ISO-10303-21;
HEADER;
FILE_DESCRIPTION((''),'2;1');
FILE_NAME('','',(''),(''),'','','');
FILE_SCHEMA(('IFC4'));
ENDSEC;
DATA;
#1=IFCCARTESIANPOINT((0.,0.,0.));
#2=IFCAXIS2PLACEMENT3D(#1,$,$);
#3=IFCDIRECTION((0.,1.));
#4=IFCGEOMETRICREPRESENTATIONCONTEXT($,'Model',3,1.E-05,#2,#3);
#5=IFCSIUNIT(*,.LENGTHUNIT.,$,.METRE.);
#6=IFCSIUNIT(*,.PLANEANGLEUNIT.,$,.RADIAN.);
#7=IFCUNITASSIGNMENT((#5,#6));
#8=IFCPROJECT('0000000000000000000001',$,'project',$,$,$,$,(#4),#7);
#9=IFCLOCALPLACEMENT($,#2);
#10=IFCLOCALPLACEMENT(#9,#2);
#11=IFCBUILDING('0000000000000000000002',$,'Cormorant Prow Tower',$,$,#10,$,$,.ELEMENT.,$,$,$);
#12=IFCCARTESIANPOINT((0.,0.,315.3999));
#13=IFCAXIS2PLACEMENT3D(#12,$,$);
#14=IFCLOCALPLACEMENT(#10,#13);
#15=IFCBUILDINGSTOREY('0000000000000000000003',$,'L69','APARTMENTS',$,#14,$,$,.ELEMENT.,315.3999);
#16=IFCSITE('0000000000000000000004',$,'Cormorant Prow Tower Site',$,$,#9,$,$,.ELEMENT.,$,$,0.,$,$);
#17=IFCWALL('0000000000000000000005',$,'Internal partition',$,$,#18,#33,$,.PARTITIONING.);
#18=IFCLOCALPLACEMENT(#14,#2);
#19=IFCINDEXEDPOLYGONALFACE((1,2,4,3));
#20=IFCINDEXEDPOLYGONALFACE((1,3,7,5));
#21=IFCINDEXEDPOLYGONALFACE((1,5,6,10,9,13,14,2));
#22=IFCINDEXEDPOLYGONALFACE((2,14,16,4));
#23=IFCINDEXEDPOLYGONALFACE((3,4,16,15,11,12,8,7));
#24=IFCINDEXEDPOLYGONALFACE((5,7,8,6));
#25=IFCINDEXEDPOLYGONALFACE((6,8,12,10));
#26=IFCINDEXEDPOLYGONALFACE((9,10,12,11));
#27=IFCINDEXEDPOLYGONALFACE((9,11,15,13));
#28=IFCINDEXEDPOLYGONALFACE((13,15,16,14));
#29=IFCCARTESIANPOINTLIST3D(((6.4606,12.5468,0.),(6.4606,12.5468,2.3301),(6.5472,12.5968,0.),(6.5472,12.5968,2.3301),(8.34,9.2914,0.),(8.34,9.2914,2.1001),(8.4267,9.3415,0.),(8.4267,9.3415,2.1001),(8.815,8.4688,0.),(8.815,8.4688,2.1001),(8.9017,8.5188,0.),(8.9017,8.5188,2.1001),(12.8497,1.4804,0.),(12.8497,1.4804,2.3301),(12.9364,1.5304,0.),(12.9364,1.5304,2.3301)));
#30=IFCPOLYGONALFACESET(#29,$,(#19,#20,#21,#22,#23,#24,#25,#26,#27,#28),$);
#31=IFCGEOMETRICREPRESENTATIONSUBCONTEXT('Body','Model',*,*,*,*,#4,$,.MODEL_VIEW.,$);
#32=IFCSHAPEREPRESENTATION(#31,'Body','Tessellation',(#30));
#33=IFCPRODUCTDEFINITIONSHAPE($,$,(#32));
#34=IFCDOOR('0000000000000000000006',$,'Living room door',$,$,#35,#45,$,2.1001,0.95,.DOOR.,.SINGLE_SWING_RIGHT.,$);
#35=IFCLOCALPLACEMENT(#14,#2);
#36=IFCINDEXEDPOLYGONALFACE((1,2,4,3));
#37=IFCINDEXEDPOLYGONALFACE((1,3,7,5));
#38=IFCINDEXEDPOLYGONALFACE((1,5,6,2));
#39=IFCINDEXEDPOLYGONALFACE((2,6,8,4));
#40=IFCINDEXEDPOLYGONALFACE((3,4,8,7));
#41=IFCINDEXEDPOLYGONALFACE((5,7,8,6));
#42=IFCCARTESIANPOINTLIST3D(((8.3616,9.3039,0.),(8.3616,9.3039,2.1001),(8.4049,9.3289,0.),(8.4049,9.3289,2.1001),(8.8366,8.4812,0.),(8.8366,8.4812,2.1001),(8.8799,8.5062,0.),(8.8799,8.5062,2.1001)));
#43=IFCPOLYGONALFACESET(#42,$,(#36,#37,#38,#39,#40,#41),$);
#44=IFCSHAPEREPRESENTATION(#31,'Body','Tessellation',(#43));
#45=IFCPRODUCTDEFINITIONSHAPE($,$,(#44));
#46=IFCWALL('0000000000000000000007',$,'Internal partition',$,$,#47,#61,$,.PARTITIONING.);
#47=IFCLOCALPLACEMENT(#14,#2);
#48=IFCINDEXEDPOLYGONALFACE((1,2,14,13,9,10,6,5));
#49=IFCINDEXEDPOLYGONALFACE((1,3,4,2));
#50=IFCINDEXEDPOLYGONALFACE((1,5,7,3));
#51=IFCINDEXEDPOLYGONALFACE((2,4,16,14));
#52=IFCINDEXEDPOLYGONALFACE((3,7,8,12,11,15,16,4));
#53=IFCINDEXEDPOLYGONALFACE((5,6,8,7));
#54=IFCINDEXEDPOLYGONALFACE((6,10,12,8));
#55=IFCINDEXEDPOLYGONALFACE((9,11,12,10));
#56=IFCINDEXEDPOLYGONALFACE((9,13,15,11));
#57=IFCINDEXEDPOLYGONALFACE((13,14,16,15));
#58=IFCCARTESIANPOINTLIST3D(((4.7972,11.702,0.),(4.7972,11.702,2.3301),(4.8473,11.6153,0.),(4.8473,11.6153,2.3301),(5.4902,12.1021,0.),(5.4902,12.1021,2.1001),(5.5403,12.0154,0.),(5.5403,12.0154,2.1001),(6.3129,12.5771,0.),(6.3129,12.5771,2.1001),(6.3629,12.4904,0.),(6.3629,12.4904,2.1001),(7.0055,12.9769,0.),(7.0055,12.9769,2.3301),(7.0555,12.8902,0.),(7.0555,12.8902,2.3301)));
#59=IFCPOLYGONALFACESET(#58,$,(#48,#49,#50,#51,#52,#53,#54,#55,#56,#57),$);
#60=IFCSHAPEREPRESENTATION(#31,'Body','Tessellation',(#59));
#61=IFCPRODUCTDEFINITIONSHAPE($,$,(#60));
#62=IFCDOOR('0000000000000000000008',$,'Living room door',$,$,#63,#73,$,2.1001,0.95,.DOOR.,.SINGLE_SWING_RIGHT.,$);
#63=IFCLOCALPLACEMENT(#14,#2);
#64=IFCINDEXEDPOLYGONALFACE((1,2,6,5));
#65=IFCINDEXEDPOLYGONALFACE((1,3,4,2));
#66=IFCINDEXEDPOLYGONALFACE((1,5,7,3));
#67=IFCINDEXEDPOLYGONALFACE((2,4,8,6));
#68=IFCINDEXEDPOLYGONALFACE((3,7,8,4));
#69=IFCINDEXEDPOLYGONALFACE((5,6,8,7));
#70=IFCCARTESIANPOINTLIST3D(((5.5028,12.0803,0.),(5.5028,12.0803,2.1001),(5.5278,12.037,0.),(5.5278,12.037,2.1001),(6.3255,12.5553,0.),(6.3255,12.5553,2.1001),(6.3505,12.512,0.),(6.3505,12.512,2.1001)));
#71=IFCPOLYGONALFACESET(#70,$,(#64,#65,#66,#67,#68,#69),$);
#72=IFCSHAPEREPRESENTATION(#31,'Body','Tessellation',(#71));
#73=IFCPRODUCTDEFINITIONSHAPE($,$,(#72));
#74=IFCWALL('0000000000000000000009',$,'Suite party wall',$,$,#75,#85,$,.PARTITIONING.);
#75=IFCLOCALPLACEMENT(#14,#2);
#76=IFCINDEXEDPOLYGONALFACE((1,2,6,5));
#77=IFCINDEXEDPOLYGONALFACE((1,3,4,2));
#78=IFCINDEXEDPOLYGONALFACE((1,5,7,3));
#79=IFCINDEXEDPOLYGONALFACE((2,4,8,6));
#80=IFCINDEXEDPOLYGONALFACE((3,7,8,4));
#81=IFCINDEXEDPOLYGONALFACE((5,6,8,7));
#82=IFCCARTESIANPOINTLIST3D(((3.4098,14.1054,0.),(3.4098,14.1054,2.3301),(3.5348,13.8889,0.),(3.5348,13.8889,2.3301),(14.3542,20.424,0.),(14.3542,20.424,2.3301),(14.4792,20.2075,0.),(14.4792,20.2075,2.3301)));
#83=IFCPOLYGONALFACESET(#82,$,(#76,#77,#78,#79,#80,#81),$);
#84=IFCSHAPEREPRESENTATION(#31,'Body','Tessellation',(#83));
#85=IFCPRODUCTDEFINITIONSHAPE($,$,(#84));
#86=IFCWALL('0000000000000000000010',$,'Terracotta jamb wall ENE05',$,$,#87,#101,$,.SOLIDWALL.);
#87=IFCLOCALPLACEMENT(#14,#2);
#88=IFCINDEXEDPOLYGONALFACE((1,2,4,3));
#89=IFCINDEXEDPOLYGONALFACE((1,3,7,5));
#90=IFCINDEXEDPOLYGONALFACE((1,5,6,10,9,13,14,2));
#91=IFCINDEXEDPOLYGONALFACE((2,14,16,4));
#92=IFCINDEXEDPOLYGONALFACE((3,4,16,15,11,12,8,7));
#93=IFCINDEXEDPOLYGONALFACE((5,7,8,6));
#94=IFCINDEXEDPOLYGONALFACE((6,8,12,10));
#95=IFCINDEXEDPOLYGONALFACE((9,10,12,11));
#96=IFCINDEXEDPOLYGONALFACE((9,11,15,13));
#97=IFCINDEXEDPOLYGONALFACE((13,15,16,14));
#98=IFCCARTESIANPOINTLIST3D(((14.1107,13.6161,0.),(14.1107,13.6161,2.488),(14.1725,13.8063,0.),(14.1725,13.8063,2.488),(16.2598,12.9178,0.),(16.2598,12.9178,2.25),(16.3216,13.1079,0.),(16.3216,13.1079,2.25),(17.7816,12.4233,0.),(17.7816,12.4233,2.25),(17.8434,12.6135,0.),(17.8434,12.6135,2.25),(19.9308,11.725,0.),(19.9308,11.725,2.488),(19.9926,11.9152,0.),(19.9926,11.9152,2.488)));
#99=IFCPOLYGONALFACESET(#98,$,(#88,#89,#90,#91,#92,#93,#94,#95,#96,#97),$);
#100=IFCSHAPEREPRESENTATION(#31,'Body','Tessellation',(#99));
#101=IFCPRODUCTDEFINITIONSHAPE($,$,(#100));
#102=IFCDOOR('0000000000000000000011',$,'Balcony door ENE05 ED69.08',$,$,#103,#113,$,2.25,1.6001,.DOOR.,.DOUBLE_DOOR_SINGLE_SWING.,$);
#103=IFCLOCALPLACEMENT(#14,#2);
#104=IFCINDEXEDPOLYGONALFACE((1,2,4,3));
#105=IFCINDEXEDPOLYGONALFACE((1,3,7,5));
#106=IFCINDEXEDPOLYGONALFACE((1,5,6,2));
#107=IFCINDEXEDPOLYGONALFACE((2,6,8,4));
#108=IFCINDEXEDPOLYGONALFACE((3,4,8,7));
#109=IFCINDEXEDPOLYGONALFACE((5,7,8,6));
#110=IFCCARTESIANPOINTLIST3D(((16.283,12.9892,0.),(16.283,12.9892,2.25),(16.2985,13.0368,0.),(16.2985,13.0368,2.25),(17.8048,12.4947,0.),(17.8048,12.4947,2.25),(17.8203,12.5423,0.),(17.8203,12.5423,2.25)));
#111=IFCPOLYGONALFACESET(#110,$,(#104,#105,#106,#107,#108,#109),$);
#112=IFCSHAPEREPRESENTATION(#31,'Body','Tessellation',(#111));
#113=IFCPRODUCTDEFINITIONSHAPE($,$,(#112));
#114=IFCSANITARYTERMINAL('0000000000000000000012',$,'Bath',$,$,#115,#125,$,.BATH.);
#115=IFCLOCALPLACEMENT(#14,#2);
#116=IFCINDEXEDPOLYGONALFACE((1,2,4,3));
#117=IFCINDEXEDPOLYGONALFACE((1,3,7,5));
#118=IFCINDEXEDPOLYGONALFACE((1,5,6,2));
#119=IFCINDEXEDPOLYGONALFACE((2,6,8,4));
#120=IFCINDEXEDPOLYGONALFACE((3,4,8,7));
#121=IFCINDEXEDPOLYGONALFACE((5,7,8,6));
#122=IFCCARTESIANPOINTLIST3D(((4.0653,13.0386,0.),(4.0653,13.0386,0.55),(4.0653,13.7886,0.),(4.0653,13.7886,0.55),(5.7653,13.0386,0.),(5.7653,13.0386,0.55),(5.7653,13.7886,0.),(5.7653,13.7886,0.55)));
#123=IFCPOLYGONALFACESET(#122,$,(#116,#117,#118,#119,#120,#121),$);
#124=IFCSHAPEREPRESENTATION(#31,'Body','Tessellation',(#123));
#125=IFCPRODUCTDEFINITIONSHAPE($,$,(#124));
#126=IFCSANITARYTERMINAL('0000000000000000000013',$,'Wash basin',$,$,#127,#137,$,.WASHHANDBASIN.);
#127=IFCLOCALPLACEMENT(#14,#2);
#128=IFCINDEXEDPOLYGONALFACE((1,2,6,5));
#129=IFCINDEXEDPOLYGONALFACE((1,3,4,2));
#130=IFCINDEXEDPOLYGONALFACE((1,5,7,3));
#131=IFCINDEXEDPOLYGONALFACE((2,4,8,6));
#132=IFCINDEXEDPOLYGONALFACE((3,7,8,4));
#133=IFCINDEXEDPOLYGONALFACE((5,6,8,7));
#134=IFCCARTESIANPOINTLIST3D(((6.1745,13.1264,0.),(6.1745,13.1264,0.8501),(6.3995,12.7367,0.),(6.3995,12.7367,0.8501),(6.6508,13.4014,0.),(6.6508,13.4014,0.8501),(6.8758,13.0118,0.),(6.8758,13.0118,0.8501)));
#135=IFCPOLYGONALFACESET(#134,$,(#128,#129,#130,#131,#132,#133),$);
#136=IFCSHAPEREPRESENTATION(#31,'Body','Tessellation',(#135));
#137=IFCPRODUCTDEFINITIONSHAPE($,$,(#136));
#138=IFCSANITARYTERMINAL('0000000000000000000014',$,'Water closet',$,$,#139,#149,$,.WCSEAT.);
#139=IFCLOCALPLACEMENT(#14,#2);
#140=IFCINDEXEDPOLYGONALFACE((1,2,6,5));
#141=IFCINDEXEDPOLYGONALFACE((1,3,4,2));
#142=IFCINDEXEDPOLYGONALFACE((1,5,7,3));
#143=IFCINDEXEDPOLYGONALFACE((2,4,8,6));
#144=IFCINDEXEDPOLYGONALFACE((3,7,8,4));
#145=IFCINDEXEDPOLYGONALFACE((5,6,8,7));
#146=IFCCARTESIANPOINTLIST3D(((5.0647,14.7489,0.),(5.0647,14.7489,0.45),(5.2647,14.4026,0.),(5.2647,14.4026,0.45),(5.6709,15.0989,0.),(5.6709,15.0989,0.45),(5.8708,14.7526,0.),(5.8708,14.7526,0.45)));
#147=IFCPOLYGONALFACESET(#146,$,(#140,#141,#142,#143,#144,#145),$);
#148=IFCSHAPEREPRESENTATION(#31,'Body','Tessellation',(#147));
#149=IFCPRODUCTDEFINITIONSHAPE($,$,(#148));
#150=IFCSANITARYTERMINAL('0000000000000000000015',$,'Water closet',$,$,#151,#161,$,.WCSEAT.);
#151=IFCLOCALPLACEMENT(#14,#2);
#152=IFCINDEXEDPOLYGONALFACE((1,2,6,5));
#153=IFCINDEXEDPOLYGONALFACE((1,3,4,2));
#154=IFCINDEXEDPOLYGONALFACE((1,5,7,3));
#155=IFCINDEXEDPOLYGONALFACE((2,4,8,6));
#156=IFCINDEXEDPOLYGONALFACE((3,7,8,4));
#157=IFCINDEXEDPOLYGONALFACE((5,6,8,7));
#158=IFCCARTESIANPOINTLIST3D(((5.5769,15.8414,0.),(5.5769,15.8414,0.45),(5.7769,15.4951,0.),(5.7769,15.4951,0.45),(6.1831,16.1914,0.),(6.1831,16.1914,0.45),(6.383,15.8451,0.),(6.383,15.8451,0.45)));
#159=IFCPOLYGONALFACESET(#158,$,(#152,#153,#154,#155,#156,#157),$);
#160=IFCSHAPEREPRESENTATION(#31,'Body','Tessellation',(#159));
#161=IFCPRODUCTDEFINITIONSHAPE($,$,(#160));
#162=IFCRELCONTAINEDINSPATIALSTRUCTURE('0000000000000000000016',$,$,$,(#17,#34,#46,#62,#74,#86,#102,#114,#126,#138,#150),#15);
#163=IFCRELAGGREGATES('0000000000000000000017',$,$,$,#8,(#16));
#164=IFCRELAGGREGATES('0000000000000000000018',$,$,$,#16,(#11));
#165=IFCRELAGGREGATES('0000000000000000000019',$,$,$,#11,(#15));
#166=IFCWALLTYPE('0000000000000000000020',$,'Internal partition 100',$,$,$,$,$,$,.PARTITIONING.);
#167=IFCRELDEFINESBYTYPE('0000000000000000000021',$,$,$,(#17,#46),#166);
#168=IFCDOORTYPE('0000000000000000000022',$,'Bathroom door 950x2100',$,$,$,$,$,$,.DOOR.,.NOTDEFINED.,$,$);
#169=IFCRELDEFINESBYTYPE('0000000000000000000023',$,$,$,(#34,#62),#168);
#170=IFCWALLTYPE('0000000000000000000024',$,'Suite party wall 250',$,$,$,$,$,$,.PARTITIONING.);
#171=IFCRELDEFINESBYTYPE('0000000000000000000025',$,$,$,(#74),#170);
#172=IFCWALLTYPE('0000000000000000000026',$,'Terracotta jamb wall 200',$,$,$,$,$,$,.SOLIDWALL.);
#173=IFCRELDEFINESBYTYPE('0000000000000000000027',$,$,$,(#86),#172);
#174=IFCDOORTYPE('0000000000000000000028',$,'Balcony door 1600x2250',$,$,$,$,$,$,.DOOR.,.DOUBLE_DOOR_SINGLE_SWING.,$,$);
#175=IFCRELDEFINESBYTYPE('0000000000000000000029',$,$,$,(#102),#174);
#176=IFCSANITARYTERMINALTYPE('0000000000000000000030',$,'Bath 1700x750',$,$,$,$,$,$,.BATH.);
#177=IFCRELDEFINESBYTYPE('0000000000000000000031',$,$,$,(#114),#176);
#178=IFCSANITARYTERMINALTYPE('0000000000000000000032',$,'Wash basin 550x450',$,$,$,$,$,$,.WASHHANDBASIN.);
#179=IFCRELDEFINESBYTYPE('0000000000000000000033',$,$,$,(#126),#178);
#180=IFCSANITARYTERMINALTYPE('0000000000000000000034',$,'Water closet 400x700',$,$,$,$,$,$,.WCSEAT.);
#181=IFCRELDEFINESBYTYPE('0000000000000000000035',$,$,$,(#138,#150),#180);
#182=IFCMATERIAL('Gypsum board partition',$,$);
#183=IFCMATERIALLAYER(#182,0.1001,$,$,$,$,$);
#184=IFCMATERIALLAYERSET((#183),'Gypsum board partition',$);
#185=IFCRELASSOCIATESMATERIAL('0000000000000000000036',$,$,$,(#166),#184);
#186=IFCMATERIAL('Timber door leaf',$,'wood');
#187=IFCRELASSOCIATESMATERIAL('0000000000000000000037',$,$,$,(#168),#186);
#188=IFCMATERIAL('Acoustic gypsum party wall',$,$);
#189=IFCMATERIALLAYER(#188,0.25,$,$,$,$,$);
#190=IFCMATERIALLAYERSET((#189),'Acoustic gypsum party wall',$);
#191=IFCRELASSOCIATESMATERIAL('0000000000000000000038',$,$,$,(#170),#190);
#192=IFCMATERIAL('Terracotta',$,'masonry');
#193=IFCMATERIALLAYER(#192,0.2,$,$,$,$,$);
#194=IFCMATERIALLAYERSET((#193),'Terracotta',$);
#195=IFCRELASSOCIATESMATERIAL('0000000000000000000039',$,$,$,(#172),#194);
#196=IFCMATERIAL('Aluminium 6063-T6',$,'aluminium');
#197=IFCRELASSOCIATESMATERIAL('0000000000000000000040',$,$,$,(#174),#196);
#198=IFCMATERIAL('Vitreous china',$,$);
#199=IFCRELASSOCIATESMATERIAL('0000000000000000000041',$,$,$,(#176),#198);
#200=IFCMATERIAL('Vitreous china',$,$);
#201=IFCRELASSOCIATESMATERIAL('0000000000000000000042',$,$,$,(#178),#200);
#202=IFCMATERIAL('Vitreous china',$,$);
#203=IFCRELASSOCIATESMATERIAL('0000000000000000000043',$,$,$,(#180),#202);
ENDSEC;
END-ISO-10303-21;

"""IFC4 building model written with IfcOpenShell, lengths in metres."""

from ifc_helpers import new_model, si_unit, direction, frame, frame_2d, origin, origin_2d, place, context, subcontext, project, spatial, rectangle, extrude, material, layer, layer_set, type_object, element, fill, save


model = new_model("IFC4")

# Units and contexts
model_context = context("Model", 3, precision=1e-05, world=origin(), true_north=direction((0.0, 1.0)))
body_context = subcontext(model_context, "Body", "Model", "MODEL_VIEW")
ifc_project = project(units=[si_unit("LENGTHUNIT", "METRE"), si_unit("PLANEANGLEUNIT", "RADIAN")], contexts=[model_context])

# Site, building, storey
site_placement = place(None, origin())
site = spatial("IfcSite", under=ifc_project, at=site_placement, Name="Cormorant Prow Tower Site", CompositionType="ELEMENT", RefElevation=0.0)
building_placement = place(site_placement, origin())
building = spatial("IfcBuilding", under=site, at=building_placement, Name="Cormorant Prow Tower", CompositionType="ELEMENT")
storey_placement = place(building_placement, frame((0.0, 0.0, 315.3999)))
storey = spatial("IfcBuildingStorey", under=building, at=storey_placement, Name="L69", Description="APARTMENTS", CompositionType="ELEMENT", Elevation=315.3999)

# Walls, openings, doors
ifc_material_1 = material(Name="Gypsum board partition")
ifc_layer_1 = layer(ifc_material_1, 0.1001)
ifc_layer_set_1 = layer_set([ifc_layer_1], Name="Gypsum board partition")
wall_type_1 = type_object("IfcWallType", Name="Internal partition 100", PredefinedType="PARTITIONING", material=ifc_layer_set_1)
ifc_material_2 = material(Name="Timber door leaf", Category="wood")
door_type_1 = type_object("IfcDoorType", Name="Bathroom door 950x2100", OperationType="NOTDEFINED", PredefinedType="DOOR", material=ifc_material_2)
wall_1_placement = place(storey_placement, frame((6.5039, 12.5718, 0.0), z_axis=(0.0, 0.0, 1.0), x_axis=(0.499998, -0.866027, 0.0)))
wall_1 = element("IfcWall", 1, at=wall_1_placement, inside=storey, type_object=wall_type_1, Name="Internal partition", PredefinedType="PARTITIONING", context=body_context, shape_type="SweptSolid", body=[
    extrude(rectangle(XDim=12.7783, YDim=0.1001, at=frame_2d((6.3892, 0.0))), origin(), (0.0, 0.0, 1.0), 2.3301),
])
opening_1_placement = place(wall_1_placement, frame((3.7588, 0.0, 0.0)))
opening_1 = element("IfcOpeningElement", 2, at=opening_1_placement, cuts=wall_1, PredefinedType="OPENING", context=body_context, shape_type="SweptSolid", body=[
    extrude(rectangle(XDim=0.95, YDim=2.1001, at=frame_2d((0.4751, 1.05))), frame((0.0, 0.0601, 0.0), z_axis=(0.0, -1.0, 0.0), x_axis=(1.0, 0.0, 0.0)), (0.0, 0.0, 1.0), 0.1201),
])
door_1_placement = place(opening_1_placement, origin())
door_1 = element("IfcDoor", 3, at=door_1_placement, inside=storey, type_object=door_type_1, Name="Living room door", OperationType="SINGLE_SWING_RIGHT", OverallHeight=2.1001, OverallWidth=0.95, PredefinedType="DOOR", context=body_context, shape_type="SweptSolid", body=[
    extrude(rectangle(XDim=0.95, YDim=2.1001, at=frame_2d((0.4751, 1.05))), frame((0.0, 0.0249, 0.0), z_axis=(0.0, -1.0, 0.0), x_axis=(1.0, 0.0, 0.0)), (0.0, 0.0, 1.0), 0.05),
])
fill(opening_1, door_1)
wall_2_placement = place(storey_placement, frame((4.8223, 11.6587, 0.0), z_axis=(0.0, 0.0, 1.0), x_axis=(0.866031, 0.49999, 0.0)))
wall_2 = element("IfcWall", 4, at=wall_2_placement, inside=storey, type_object=wall_type_1, Name="Internal partition", PredefinedType="PARTITIONING", context=body_context, shape_type="SweptSolid", body=[
    extrude(rectangle(XDim=2.5498, YDim=0.1001, at=frame_2d((1.2749, 0.0))), origin(), (0.0, 0.0, 1.0), 2.3301),
])
opening_2_placement = place(wall_2_placement, frame((0.8, 0.0, 0.0)))
opening_2 = element("IfcOpeningElement", 5, at=opening_2_placement, cuts=wall_2, PredefinedType="OPENING", context=body_context, shape_type="SweptSolid", body=[
    extrude(rectangle(XDim=0.95, YDim=2.1001, at=frame_2d((0.4751, 1.05))), frame((0.0, 0.0601, 0.0), z_axis=(0.0, -1.0, 0.0), x_axis=(1.0, 0.0, 0.0)), (0.0, 0.0, 1.0), 0.1201),
])
door_2_placement = place(opening_2_placement, origin())
door_2 = element("IfcDoor", 6, at=door_2_placement, inside=storey, type_object=door_type_1, Name="Living room door", OperationType="SINGLE_SWING_RIGHT", OverallHeight=2.1001, OverallWidth=0.95, PredefinedType="DOOR", context=body_context, shape_type="SweptSolid", body=[
    extrude(rectangle(XDim=0.95, YDim=2.1001, at=frame_2d((0.4751, 1.05))), frame((0.0, 0.0249, 0.0), z_axis=(0.0, -1.0, 0.0), x_axis=(1.0, 0.0, 0.0)), (0.0, 0.0, 1.0), 0.05),
])
fill(opening_2, door_2)

# Wall
ifc_material_3 = material(Name="Acoustic gypsum party wall")
ifc_layer_2 = layer(ifc_material_3, 0.25)
ifc_layer_set_2 = layer_set([ifc_layer_2], Name="Acoustic gypsum party wall")
wall_type_2 = type_object("IfcWallType", Name="Suite party wall 250", PredefinedType="PARTITIONING", material=ifc_layer_set_2)
wall_3_placement = place(storey_placement, frame((3.4722, 13.9971, 0.0), z_axis=(0.0, 0.0, 1.0), x_axis=(0.866029, 0.499993, 0.0)))
element("IfcWall", 7, at=wall_3_placement, inside=storey, type_object=wall_type_2, Name="Suite party wall", PredefinedType="PARTITIONING", context=body_context, shape_type="SweptSolid", body=[
    extrude(rectangle(XDim=12.6375, YDim=0.25, at=frame_2d((6.3188, 0.0))), origin(), (0.0, 0.0, 1.0), 2.3301),
])

# Wall, opening, door
ifc_material_4 = material(Name="Terracotta", Category="masonry")
ifc_layer_3 = layer(ifc_material_4, 0.2)
ifc_layer_set_3 = layer_set([ifc_layer_3], Name="Terracotta")
wall_type_3 = type_object("IfcWallType", Name="Terracotta jamb wall 200", PredefinedType="SOLIDWALL", material=ifc_layer_set_3)
wall_4_placement = place(storey_placement, frame((19.9617, 11.8201, 0.0), z_axis=(0.0, 0.0, 1.0), x_axis=(-0.951054, 0.309026, 0.0)))
wall_4 = element("IfcWall", 8, at=wall_4_placement, inside=storey, type_object=wall_type_3, Name="Terracotta jamb wall ENE05", PredefinedType="SOLIDWALL", context=body_context, shape_type="SweptSolid", body=[
    extrude(rectangle(XDim=6.1196, YDim=0.2, at=frame_2d((3.0598, 0.0))), origin(), (0.0, 0.0, 1.0), 2.488),
])
opening_3_placement = place(wall_4_placement, frame((2.2598, 0.0, 0.0)))
opening_3 = element("IfcOpeningElement", 9, at=opening_3_placement, cuts=wall_4, PredefinedType="OPENING", context=body_context, shape_type="SweptSolid", body=[
    extrude(rectangle(XDim=1.6001, YDim=2.25, at=frame_2d((0.8, 1.125))), frame((0.0, 0.1099, 0.0), z_axis=(0.0, -1.0, 0.0), x_axis=(1.0, 0.0, 0.0)), (0.0, 0.0, 1.0), 0.22),
])
ifc_material_5 = material(Name="Aluminium 6063-T6", Category="aluminium")
door_type_2 = type_object("IfcDoorType", Name="Balcony door 1600x2250", OperationType="DOUBLE_DOOR_SINGLE_SWING", PredefinedType="DOOR", material=ifc_material_5)
door_3_placement = place(opening_3_placement, origin())
door_3 = element("IfcDoor", 10, at=door_3_placement, inside=storey, type_object=door_type_2, Name="Balcony door ENE05 ED69.08", OperationType="DOUBLE_DOOR_SINGLE_SWING", OverallHeight=2.25, OverallWidth=1.6001, PredefinedType="DOOR", context=body_context, shape_type="SweptSolid", body=[
    extrude(rectangle(XDim=1.6001, YDim=2.25, at=frame_2d((0.8, 1.125))), frame((0.0, 0.0249, 0.0), z_axis=(0.0, -1.0, 0.0), x_axis=(1.0, 0.0, 0.0)), (0.0, 0.0, 1.0), 0.05),
])
fill(opening_3, door_3)

# Sanitary terminals
ifc_material_6 = material(Name="Vitreous china")
sanitary_terminal_type_1 = type_object("IfcSanitaryTerminalType", Name="Bath 1700x750", PredefinedType="BATH", material=ifc_material_6)
sanitary_terminal_1_placement = place(storey_placement, frame((4.9153, 13.4136, 0.0), z_axis=(0.0, 0.0, 1.0), x_axis=(1.0, 0.0, 0.0)))
element("IfcSanitaryTerminal", 11, at=sanitary_terminal_1_placement, inside=storey, type_object=sanitary_terminal_type_1, Name="Bath", PredefinedType="BATH", context=body_context, shape_type="SweptSolid", body=[
    extrude(rectangle(XDim=1.7, YDim=0.75, at=origin_2d()), origin(), (0.0, 0.0, 1.0), 0.55),
])
ifc_material_7 = material(Name="Vitreous china")
sanitary_terminal_type_2 = type_object("IfcSanitaryTerminalType", Name="Wash basin 550x450", PredefinedType="WASHHANDBASIN", material=ifc_material_7)
sanitary_terminal_2_placement = place(storey_placement, frame((6.5251, 13.0691, 0.0), z_axis=(0.0, 0.0, 1.0), x_axis=(-0.866025, -0.5, 0.0)))
element("IfcSanitaryTerminal", 12, at=sanitary_terminal_2_placement, inside=storey, type_object=sanitary_terminal_type_2, Name="Wash basin", PredefinedType="WASHHANDBASIN", context=body_context, shape_type="SweptSolid", body=[
    extrude(rectangle(XDim=0.55, YDim=0.45, at=origin_2d()), origin(), (0.0, 0.0, 1.0), 0.8501),
])
ifc_material_8 = material(Name="Vitreous china")
sanitary_terminal_type_3 = type_object("IfcSanitaryTerminalType", Name="Water closet 400x700", PredefinedType="WCSEAT", material=ifc_material_8)
for number, where, z_axis, x_axis, name in (
    (13, (5.4678, 14.7507, 0.0), (0.0, 0.0, 1.0), (0.5, -0.866025, 0.0), "Water closet"),
    (14, (5.98, 15.8433, 0.0), (0.0, 0.0, 1.0), (-0.5, 0.866025, 0.0), "Water closet"),
):
    element("IfcSanitaryTerminal", number, at=place(storey_placement, frame(where, z_axis=z_axis, x_axis=x_axis)), inside=storey, type_object=sanitary_terminal_type_3, Name=name, PredefinedType="WCSEAT", context=body_context, shape_type="SweptSolid", body=[
        extrude(rectangle(XDim=0.3999, YDim=0.7, at=origin_2d()), origin(), (0.0, 0.0, 1.0), 0.45),
    ])

save(model, "model.ifc")
